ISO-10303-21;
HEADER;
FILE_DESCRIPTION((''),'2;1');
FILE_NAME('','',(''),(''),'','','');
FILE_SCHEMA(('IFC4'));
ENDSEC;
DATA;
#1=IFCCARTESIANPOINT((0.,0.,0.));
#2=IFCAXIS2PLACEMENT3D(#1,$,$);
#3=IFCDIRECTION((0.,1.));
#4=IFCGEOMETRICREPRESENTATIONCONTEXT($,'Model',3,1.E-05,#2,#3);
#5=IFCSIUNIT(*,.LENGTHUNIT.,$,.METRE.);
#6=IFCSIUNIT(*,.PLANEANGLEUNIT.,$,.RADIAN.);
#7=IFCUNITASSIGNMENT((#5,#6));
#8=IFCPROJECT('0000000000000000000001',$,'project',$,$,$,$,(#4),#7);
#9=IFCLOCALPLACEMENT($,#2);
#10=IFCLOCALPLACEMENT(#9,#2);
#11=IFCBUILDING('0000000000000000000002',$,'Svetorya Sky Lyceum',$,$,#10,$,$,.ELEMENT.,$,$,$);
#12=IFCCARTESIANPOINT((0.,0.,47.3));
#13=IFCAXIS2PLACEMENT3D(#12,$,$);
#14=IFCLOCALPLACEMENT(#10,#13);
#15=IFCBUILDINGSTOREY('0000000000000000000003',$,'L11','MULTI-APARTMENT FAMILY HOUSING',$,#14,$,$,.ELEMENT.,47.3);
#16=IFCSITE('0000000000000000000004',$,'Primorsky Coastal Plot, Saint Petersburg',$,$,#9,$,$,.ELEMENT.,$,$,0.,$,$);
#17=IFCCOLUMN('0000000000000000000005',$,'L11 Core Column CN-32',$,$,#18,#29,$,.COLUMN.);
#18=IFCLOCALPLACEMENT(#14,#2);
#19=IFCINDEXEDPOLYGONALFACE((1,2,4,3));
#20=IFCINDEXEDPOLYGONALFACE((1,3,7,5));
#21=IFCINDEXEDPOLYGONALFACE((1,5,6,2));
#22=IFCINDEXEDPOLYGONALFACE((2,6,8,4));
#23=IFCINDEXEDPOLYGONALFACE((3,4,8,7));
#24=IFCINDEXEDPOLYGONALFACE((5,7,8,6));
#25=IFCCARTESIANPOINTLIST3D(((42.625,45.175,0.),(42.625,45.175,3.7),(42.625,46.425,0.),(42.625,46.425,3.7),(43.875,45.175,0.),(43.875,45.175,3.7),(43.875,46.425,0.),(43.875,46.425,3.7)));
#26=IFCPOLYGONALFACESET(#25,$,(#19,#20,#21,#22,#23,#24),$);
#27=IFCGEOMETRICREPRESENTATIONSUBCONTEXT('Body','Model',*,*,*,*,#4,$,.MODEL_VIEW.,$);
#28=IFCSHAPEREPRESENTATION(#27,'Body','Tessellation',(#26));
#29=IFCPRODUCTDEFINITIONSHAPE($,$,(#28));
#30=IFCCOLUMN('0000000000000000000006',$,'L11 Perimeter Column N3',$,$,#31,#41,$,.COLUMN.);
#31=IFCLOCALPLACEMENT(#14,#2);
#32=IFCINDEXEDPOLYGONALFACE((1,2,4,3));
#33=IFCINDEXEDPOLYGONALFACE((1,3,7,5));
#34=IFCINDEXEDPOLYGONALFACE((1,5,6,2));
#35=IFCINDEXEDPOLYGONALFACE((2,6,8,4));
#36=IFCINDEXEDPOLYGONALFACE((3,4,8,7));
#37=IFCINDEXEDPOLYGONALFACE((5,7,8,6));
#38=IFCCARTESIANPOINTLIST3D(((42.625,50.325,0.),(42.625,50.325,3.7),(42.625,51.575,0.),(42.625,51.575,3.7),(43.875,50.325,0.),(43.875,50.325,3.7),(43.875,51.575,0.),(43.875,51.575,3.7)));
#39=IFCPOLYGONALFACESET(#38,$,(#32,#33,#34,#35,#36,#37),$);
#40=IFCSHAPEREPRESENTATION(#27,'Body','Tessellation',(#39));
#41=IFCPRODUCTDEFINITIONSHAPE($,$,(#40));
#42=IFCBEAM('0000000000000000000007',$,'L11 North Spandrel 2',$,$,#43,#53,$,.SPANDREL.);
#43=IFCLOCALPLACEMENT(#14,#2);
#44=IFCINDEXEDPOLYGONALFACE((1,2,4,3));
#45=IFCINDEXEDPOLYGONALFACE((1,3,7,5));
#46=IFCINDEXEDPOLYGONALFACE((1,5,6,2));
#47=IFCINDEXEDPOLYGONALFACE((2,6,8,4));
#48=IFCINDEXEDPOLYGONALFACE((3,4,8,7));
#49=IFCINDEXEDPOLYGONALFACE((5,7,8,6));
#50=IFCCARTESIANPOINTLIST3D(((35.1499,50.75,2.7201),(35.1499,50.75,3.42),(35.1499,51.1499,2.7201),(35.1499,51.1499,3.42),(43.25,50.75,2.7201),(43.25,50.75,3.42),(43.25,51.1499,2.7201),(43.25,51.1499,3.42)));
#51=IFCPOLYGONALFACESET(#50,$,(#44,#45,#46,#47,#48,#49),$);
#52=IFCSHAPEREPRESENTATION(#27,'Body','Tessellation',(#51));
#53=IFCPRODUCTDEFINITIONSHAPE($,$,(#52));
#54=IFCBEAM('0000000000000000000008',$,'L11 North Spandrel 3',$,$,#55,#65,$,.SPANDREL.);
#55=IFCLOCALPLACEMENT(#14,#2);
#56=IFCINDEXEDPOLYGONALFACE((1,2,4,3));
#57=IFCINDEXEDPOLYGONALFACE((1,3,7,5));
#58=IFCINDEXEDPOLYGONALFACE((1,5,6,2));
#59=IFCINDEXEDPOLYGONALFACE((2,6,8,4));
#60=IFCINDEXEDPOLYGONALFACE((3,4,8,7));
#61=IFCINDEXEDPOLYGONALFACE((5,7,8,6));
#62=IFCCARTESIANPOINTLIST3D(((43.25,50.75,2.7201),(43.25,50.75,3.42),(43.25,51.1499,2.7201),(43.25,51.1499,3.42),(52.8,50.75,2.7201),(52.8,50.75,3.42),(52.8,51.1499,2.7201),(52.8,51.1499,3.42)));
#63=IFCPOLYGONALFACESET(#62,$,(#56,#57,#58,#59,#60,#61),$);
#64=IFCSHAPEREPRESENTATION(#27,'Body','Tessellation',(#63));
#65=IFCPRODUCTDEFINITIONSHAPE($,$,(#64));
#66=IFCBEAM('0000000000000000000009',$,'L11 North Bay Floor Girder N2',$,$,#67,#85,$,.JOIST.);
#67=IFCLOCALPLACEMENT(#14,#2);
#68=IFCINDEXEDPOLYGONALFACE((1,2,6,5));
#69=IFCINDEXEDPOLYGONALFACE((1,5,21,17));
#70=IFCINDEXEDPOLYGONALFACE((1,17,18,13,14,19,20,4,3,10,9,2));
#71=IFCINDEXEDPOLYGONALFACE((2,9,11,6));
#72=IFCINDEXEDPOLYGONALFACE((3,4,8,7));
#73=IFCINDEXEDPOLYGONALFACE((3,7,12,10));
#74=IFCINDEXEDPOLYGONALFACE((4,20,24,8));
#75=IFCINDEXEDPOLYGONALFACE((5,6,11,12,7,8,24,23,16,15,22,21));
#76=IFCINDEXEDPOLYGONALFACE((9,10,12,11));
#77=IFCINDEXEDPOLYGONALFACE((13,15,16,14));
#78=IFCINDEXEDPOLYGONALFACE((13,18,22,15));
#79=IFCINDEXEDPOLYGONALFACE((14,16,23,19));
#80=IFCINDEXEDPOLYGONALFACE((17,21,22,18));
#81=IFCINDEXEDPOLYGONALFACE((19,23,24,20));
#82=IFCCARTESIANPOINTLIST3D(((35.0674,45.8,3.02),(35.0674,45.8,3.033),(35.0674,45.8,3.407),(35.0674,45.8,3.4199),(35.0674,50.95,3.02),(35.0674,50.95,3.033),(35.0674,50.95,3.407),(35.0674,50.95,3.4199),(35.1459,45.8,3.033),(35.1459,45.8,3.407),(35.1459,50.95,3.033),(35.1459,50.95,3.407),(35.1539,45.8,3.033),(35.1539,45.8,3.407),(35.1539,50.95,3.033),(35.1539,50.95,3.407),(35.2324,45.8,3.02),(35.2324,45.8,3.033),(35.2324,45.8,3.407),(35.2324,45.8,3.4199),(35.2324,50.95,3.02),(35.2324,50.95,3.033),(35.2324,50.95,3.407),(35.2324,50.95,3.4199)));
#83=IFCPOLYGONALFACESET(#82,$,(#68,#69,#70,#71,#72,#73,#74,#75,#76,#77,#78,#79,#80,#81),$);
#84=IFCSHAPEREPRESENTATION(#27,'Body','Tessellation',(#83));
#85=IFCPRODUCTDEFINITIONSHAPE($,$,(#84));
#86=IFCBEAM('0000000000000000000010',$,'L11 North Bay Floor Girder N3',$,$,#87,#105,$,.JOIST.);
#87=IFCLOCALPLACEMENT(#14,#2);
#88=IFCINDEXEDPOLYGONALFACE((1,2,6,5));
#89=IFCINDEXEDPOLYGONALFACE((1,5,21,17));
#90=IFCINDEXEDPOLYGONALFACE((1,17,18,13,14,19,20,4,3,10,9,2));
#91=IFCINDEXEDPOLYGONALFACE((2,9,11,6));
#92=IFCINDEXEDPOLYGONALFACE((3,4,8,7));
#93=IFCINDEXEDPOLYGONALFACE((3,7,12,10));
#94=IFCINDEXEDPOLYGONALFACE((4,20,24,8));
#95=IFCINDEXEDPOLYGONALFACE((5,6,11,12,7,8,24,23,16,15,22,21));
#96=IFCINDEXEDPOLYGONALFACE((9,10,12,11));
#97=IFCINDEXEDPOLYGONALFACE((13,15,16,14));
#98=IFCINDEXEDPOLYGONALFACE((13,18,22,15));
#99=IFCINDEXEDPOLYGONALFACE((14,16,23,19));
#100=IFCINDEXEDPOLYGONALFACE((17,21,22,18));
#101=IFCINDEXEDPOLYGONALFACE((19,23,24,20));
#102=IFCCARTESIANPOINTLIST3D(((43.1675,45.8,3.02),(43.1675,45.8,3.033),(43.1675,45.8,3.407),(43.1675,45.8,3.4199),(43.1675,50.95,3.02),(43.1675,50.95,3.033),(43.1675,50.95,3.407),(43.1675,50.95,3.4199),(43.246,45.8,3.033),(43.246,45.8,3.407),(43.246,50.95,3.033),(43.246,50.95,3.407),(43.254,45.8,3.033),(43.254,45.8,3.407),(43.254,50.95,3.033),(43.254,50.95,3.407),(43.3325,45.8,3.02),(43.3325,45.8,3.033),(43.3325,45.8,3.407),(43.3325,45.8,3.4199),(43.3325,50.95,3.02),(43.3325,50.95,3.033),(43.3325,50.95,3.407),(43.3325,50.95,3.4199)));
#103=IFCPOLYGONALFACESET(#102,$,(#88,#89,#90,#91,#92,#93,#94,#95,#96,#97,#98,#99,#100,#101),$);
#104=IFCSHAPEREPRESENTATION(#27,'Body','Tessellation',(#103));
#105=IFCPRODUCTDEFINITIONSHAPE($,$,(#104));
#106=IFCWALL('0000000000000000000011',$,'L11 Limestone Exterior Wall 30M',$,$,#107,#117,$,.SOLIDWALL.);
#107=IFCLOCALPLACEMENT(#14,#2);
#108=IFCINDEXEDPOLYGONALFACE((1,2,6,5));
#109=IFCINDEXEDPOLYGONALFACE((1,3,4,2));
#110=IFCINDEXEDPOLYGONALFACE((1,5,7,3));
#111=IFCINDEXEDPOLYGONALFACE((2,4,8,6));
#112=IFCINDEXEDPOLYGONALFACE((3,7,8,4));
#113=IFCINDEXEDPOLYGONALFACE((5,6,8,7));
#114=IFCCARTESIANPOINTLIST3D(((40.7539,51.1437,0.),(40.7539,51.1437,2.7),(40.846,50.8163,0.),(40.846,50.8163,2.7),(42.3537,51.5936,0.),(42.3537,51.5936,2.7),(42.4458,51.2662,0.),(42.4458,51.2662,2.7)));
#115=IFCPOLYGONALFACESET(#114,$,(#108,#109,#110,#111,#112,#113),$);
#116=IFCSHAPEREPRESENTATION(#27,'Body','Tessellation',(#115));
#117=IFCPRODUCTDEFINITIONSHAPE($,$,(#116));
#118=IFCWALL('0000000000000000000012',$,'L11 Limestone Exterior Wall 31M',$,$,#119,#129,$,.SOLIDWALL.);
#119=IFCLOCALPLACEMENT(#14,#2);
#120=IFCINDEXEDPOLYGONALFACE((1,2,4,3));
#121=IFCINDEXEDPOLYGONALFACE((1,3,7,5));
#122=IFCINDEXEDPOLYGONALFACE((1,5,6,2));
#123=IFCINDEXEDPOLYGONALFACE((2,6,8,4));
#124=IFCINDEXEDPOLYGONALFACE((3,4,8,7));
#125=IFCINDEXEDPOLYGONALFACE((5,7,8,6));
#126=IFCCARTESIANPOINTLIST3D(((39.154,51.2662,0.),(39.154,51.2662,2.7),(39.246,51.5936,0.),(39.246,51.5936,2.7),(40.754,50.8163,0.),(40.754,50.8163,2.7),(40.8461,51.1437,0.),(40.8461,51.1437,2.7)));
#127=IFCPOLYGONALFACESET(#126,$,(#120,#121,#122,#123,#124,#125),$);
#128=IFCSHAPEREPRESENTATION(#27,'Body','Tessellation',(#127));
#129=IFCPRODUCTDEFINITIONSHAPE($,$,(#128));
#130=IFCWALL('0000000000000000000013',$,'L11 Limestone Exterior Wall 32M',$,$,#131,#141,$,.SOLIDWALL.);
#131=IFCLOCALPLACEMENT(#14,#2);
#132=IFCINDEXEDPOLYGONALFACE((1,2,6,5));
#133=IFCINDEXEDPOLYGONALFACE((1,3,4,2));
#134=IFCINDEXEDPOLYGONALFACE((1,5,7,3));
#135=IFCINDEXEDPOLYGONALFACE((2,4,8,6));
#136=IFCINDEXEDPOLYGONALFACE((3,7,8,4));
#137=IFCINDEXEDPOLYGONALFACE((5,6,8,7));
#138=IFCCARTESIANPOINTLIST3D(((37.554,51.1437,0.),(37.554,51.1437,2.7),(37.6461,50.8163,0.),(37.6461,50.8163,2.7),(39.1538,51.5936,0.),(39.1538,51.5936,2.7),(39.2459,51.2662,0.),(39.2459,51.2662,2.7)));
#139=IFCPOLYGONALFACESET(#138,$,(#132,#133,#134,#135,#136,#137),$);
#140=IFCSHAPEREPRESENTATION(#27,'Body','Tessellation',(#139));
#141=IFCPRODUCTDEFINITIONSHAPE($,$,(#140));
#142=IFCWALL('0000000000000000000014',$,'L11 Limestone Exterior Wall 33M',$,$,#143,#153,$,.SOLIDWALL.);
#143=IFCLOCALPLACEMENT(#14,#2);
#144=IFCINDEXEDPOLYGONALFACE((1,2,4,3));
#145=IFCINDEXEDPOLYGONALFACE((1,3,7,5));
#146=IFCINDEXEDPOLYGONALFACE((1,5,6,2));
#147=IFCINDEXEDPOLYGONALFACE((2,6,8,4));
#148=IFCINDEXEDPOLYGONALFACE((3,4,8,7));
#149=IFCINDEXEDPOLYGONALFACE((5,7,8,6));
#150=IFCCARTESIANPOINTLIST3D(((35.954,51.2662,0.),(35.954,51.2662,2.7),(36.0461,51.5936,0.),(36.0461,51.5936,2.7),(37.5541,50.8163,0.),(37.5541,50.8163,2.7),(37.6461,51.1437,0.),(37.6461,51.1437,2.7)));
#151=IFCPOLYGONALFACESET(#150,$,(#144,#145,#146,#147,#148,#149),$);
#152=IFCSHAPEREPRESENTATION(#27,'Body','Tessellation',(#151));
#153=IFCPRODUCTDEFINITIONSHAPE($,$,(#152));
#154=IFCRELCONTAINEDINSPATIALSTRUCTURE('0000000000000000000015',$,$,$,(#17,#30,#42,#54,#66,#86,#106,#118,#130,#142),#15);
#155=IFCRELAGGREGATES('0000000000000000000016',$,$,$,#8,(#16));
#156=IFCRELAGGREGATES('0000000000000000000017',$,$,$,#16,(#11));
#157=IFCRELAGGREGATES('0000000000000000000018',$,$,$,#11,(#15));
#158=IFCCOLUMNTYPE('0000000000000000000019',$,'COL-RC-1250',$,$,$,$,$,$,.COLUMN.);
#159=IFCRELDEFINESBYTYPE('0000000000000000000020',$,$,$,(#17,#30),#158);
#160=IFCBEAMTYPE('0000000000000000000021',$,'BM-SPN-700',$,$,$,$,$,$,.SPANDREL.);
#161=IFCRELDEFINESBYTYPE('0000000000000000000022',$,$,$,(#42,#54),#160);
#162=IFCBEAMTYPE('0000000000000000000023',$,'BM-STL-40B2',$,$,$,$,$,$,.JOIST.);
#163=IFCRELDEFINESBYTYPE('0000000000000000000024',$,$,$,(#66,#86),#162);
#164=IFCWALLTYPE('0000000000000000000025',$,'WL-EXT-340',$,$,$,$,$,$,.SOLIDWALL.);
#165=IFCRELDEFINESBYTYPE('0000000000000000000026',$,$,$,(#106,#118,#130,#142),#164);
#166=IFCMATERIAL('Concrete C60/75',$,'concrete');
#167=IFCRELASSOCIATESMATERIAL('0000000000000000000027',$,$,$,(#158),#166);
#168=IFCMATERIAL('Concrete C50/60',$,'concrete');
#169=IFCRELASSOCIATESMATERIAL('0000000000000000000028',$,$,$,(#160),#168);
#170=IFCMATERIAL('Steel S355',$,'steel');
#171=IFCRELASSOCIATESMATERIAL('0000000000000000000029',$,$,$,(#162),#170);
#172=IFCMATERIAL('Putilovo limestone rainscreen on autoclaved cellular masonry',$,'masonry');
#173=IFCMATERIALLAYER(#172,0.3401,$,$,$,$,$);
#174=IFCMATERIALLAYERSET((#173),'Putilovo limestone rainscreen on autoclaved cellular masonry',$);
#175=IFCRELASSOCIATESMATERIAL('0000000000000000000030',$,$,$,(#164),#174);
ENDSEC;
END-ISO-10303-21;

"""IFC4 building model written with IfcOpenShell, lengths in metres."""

from ifc_helpers import new_model, si_unit, direction, frame, frame_2d, origin, origin_2d, place, context, subcontext, project, spatial, rectangle, i_section, extrude, material, layer, layer_set, material_profile, profile_set, type_object, element, save


model = new_model("IFC4")

# Units and contexts
model_context = context("Model", 3, precision=1e-05, world=origin(), true_north=direction((0.0, 1.0)))
body_context = subcontext(model_context, "Body", "Model", "MODEL_VIEW")
ifc_project = project(units=[si_unit("LENGTHUNIT", "METRE"), si_unit("PLANEANGLEUNIT", "RADIAN")], contexts=[model_context])

# Site, building, storey
site_placement = place(None, origin())
site = spatial("IfcSite", under=ifc_project, at=site_placement, Name="Primorsky Coastal Plot, Saint Petersburg", CompositionType="ELEMENT", RefElevation=0.0)
building_placement = place(site_placement, origin())
building = spatial("IfcBuilding", under=site, at=building_placement, Name="Svetorya Sky Lyceum", CompositionType="ELEMENT")
storey_placement = place(building_placement, frame((0.0, 0.0, 47.3)))
storey = spatial("IfcBuildingStorey", under=building, at=storey_placement, Name="L11", Description="MULTI-APARTMENT FAMILY HOUSING", CompositionType="ELEMENT", Elevation=47.3)

# Columns
ifc_material_1 = material(Name="Concrete C60/75", Category="concrete")
ifc_material_profile_1 = material_profile(ifc_material_1, rectangle(XDim=1.25, YDim=1.25, at=origin_2d()), Name="RC COL 1250x1250")
ifc_profile_set_1 = profile_set([ifc_material_profile_1], Name="Concrete C60/75")
column_type = type_object("IfcColumnType", Name="COL-RC-1250", PredefinedType="COLUMN", material=ifc_profile_set_1)
for number, where, z_axis, x_axis, name in (
    (1, (43.25, 45.8, 0.0), (0.0, 0.0, 1.0), (1.0, 0.0, 0.0), "L11 Core Column CN-32"),
    (2, (43.25, 50.95, 0.0), (0.0, 0.0, 1.0), (1.0, 0.0, 0.0), "L11 Perimeter Column N3"),
):
    element("IfcColumn", number, at=place(storey_placement, frame(where, z_axis=z_axis, x_axis=x_axis)), inside=storey, type_object=column_type, Name=name, PredefinedType="COLUMN", context=body_context, shape_type="SweptSolid", body=[
        extrude(rectangle(XDim=1.25, YDim=1.25, at=origin_2d()), origin(), (0.0, 0.0, 1.0), 3.7),
    ])

# Beams
ifc_material_2 = material(Name="Concrete C50/60", Category="concrete")
ifc_material_profile_2 = material_profile(ifc_material_2, rectangle(XDim=0.3999, YDim=0.7, at=origin_2d()), Name="RC SPANDREL 400x700")
ifc_profile_set_2 = profile_set([ifc_material_profile_2], Name="Concrete C50/60")
beam_type_1 = type_object("IfcBeamType", Name="BM-SPN-700", PredefinedType="SPANDREL", material=ifc_profile_set_2)
beam_1_placement = place(storey_placement, frame((35.1499, 50.95, 3.0701), z_axis=(1.0, 0.0, 0.0), x_axis=(0.0, 1.0, 0.0)))
element("IfcBeam", 3, at=beam_1_placement, inside=storey, type_object=beam_type_1, Name="L11 North Spandrel 2", PredefinedType="SPANDREL", context=body_context, shape_type="SweptSolid", body=[
    extrude(rectangle(XDim=0.3999, YDim=0.7, at=origin_2d()), origin(), (0.0, 0.0, 1.0), 8.1001),
])
beam_2_placement = place(storey_placement, frame((43.25, 50.95, 3.0701), z_axis=(1.0, 0.0, 0.0), x_axis=(0.0, 1.0, 0.0)))
element("IfcBeam", 4, at=beam_2_placement, inside=storey, type_object=beam_type_1, Name="L11 North Spandrel 3", PredefinedType="SPANDREL", context=body_context, shape_type="SweptSolid", body=[
    extrude(rectangle(XDim=0.3999, YDim=0.7, at=origin_2d()), origin(), (0.0, 0.0, 1.0), 9.55),
])
ifc_material_3 = material(Name="Steel S355", Category="steel")
ifc_material_profile_3 = material_profile(ifc_material_3, i_section(OverallWidth=0.165, OverallDepth=0.3999, WebThickness=0.0081, FlangeThickness=0.0129, at=origin_2d()), Name="GOST 40B2")
ifc_profile_set_3 = profile_set([ifc_material_profile_3], Name="Steel S355")
beam_type_2 = type_object("IfcBeamType", Name="BM-STL-40B2", PredefinedType="JOIST", material=ifc_profile_set_3)
for number, where, z_axis, x_axis, name in (
    (5, (35.1499, 45.8, 3.22), (0.0, 1.0, 0.0), (-1.0, 0.0, 0.0), "L11 North Bay Floor Girder N2"),
    (6, (43.25, 45.8, 3.22), (0.0, 1.0, 0.0), (-1.0, 0.0, 0.0), "L11 North Bay Floor Girder N3"),
):
    element("IfcBeam", number, at=place(storey_placement, frame(where, z_axis=z_axis, x_axis=x_axis)), inside=storey, type_object=beam_type_2, Name=name, PredefinedType="JOIST", context=body_context, shape_type="SweptSolid", body=[
        extrude(i_section(OverallWidth=0.165, OverallDepth=0.3999, WebThickness=0.0081, FlangeThickness=0.0129, at=origin_2d()), origin(), (0.0, 0.0, 1.0), 5.1499),
    ])

# Walls
ifc_material_4 = material(Name="Putilovo limestone rainscreen on autoclaved cellular masonry", Category="masonry")
ifc_layer_1 = layer(ifc_material_4, 0.3401)
ifc_layer_set_1 = layer_set([ifc_layer_1], Name="Putilovo limestone rainscreen on autoclaved cellular masonry")
wall_type_1 = type_object("IfcWallType", Name="WL-EXT-340", PredefinedType="SOLIDWALL", material=ifc_layer_set_1)
wall_1_placement = place(storey_placement, frame((42.3999, 51.4299, 0.0), z_axis=(0.0, 0.0, 1.0), x_axis=(-0.962652, -0.270741, 0.0)))
element("IfcWall", 7, at=wall_1_placement, inside=storey, type_object=wall_type_1, Name="L11 Limestone Exterior Wall 30M", PredefinedType="SOLIDWALL", context=body_context, shape_type="SweptSolid", body=[
    extrude(rectangle(XDim=1.6619, YDim=0.3401, at=frame_2d((0.8311, 0.0))), origin(), (0.0, 0.0, 1.0), 2.7),
])
wall_2_placement = place(storey_placement, frame((40.8, 50.98, 0.0), z_axis=(0.0, 0.0, 1.0), x_axis=(-0.962663, 0.270703, 0.0)))
element("IfcWall", 8, at=wall_2_placement, inside=storey, type_object=wall_type_1, Name="L11 Limestone Exterior Wall 31M", PredefinedType="SOLIDWALL", context=body_context, shape_type="SweptSolid", body=[
    extrude(rectangle(XDim=1.6621, YDim=0.3401, at=frame_2d((0.8311, 0.0))), origin(), (0.0, 0.0, 1.0), 2.7),
])
wall_3_placement = place(storey_placement, frame((39.2, 51.4299, 0.0), z_axis=(0.0, 0.0, 1.0), x_axis=(-0.962652, -0.270741, 0.0)))
element("IfcWall", 9, at=wall_3_placement, inside=storey, type_object=wall_type_1, Name="L11 Limestone Exterior Wall 32M", PredefinedType="SOLIDWALL", context=body_context, shape_type="SweptSolid", body=[
    extrude(rectangle(XDim=1.6619, YDim=0.3401, at=frame_2d((0.8311, 0.0))), origin(), (0.0, 0.0, 1.0), 2.7),
])
wall_4_placement = place(storey_placement, frame((37.6001, 50.98, 0.0), z_axis=(0.0, 0.0, 1.0), x_axis=(-0.962663, 0.270703, 0.0)))
element("IfcWall", 10, at=wall_4_placement, inside=storey, type_object=wall_type_1, Name="L11 Limestone Exterior Wall 33M", PredefinedType="SOLIDWALL", context=body_context, shape_type="SweptSolid", body=[
    extrude(rectangle(XDim=1.6621, YDim=0.3401, at=frame_2d((0.8311, 0.0))), origin(), (0.0, 0.0, 1.0), 2.7),
])

save(model, "model.ifc")
